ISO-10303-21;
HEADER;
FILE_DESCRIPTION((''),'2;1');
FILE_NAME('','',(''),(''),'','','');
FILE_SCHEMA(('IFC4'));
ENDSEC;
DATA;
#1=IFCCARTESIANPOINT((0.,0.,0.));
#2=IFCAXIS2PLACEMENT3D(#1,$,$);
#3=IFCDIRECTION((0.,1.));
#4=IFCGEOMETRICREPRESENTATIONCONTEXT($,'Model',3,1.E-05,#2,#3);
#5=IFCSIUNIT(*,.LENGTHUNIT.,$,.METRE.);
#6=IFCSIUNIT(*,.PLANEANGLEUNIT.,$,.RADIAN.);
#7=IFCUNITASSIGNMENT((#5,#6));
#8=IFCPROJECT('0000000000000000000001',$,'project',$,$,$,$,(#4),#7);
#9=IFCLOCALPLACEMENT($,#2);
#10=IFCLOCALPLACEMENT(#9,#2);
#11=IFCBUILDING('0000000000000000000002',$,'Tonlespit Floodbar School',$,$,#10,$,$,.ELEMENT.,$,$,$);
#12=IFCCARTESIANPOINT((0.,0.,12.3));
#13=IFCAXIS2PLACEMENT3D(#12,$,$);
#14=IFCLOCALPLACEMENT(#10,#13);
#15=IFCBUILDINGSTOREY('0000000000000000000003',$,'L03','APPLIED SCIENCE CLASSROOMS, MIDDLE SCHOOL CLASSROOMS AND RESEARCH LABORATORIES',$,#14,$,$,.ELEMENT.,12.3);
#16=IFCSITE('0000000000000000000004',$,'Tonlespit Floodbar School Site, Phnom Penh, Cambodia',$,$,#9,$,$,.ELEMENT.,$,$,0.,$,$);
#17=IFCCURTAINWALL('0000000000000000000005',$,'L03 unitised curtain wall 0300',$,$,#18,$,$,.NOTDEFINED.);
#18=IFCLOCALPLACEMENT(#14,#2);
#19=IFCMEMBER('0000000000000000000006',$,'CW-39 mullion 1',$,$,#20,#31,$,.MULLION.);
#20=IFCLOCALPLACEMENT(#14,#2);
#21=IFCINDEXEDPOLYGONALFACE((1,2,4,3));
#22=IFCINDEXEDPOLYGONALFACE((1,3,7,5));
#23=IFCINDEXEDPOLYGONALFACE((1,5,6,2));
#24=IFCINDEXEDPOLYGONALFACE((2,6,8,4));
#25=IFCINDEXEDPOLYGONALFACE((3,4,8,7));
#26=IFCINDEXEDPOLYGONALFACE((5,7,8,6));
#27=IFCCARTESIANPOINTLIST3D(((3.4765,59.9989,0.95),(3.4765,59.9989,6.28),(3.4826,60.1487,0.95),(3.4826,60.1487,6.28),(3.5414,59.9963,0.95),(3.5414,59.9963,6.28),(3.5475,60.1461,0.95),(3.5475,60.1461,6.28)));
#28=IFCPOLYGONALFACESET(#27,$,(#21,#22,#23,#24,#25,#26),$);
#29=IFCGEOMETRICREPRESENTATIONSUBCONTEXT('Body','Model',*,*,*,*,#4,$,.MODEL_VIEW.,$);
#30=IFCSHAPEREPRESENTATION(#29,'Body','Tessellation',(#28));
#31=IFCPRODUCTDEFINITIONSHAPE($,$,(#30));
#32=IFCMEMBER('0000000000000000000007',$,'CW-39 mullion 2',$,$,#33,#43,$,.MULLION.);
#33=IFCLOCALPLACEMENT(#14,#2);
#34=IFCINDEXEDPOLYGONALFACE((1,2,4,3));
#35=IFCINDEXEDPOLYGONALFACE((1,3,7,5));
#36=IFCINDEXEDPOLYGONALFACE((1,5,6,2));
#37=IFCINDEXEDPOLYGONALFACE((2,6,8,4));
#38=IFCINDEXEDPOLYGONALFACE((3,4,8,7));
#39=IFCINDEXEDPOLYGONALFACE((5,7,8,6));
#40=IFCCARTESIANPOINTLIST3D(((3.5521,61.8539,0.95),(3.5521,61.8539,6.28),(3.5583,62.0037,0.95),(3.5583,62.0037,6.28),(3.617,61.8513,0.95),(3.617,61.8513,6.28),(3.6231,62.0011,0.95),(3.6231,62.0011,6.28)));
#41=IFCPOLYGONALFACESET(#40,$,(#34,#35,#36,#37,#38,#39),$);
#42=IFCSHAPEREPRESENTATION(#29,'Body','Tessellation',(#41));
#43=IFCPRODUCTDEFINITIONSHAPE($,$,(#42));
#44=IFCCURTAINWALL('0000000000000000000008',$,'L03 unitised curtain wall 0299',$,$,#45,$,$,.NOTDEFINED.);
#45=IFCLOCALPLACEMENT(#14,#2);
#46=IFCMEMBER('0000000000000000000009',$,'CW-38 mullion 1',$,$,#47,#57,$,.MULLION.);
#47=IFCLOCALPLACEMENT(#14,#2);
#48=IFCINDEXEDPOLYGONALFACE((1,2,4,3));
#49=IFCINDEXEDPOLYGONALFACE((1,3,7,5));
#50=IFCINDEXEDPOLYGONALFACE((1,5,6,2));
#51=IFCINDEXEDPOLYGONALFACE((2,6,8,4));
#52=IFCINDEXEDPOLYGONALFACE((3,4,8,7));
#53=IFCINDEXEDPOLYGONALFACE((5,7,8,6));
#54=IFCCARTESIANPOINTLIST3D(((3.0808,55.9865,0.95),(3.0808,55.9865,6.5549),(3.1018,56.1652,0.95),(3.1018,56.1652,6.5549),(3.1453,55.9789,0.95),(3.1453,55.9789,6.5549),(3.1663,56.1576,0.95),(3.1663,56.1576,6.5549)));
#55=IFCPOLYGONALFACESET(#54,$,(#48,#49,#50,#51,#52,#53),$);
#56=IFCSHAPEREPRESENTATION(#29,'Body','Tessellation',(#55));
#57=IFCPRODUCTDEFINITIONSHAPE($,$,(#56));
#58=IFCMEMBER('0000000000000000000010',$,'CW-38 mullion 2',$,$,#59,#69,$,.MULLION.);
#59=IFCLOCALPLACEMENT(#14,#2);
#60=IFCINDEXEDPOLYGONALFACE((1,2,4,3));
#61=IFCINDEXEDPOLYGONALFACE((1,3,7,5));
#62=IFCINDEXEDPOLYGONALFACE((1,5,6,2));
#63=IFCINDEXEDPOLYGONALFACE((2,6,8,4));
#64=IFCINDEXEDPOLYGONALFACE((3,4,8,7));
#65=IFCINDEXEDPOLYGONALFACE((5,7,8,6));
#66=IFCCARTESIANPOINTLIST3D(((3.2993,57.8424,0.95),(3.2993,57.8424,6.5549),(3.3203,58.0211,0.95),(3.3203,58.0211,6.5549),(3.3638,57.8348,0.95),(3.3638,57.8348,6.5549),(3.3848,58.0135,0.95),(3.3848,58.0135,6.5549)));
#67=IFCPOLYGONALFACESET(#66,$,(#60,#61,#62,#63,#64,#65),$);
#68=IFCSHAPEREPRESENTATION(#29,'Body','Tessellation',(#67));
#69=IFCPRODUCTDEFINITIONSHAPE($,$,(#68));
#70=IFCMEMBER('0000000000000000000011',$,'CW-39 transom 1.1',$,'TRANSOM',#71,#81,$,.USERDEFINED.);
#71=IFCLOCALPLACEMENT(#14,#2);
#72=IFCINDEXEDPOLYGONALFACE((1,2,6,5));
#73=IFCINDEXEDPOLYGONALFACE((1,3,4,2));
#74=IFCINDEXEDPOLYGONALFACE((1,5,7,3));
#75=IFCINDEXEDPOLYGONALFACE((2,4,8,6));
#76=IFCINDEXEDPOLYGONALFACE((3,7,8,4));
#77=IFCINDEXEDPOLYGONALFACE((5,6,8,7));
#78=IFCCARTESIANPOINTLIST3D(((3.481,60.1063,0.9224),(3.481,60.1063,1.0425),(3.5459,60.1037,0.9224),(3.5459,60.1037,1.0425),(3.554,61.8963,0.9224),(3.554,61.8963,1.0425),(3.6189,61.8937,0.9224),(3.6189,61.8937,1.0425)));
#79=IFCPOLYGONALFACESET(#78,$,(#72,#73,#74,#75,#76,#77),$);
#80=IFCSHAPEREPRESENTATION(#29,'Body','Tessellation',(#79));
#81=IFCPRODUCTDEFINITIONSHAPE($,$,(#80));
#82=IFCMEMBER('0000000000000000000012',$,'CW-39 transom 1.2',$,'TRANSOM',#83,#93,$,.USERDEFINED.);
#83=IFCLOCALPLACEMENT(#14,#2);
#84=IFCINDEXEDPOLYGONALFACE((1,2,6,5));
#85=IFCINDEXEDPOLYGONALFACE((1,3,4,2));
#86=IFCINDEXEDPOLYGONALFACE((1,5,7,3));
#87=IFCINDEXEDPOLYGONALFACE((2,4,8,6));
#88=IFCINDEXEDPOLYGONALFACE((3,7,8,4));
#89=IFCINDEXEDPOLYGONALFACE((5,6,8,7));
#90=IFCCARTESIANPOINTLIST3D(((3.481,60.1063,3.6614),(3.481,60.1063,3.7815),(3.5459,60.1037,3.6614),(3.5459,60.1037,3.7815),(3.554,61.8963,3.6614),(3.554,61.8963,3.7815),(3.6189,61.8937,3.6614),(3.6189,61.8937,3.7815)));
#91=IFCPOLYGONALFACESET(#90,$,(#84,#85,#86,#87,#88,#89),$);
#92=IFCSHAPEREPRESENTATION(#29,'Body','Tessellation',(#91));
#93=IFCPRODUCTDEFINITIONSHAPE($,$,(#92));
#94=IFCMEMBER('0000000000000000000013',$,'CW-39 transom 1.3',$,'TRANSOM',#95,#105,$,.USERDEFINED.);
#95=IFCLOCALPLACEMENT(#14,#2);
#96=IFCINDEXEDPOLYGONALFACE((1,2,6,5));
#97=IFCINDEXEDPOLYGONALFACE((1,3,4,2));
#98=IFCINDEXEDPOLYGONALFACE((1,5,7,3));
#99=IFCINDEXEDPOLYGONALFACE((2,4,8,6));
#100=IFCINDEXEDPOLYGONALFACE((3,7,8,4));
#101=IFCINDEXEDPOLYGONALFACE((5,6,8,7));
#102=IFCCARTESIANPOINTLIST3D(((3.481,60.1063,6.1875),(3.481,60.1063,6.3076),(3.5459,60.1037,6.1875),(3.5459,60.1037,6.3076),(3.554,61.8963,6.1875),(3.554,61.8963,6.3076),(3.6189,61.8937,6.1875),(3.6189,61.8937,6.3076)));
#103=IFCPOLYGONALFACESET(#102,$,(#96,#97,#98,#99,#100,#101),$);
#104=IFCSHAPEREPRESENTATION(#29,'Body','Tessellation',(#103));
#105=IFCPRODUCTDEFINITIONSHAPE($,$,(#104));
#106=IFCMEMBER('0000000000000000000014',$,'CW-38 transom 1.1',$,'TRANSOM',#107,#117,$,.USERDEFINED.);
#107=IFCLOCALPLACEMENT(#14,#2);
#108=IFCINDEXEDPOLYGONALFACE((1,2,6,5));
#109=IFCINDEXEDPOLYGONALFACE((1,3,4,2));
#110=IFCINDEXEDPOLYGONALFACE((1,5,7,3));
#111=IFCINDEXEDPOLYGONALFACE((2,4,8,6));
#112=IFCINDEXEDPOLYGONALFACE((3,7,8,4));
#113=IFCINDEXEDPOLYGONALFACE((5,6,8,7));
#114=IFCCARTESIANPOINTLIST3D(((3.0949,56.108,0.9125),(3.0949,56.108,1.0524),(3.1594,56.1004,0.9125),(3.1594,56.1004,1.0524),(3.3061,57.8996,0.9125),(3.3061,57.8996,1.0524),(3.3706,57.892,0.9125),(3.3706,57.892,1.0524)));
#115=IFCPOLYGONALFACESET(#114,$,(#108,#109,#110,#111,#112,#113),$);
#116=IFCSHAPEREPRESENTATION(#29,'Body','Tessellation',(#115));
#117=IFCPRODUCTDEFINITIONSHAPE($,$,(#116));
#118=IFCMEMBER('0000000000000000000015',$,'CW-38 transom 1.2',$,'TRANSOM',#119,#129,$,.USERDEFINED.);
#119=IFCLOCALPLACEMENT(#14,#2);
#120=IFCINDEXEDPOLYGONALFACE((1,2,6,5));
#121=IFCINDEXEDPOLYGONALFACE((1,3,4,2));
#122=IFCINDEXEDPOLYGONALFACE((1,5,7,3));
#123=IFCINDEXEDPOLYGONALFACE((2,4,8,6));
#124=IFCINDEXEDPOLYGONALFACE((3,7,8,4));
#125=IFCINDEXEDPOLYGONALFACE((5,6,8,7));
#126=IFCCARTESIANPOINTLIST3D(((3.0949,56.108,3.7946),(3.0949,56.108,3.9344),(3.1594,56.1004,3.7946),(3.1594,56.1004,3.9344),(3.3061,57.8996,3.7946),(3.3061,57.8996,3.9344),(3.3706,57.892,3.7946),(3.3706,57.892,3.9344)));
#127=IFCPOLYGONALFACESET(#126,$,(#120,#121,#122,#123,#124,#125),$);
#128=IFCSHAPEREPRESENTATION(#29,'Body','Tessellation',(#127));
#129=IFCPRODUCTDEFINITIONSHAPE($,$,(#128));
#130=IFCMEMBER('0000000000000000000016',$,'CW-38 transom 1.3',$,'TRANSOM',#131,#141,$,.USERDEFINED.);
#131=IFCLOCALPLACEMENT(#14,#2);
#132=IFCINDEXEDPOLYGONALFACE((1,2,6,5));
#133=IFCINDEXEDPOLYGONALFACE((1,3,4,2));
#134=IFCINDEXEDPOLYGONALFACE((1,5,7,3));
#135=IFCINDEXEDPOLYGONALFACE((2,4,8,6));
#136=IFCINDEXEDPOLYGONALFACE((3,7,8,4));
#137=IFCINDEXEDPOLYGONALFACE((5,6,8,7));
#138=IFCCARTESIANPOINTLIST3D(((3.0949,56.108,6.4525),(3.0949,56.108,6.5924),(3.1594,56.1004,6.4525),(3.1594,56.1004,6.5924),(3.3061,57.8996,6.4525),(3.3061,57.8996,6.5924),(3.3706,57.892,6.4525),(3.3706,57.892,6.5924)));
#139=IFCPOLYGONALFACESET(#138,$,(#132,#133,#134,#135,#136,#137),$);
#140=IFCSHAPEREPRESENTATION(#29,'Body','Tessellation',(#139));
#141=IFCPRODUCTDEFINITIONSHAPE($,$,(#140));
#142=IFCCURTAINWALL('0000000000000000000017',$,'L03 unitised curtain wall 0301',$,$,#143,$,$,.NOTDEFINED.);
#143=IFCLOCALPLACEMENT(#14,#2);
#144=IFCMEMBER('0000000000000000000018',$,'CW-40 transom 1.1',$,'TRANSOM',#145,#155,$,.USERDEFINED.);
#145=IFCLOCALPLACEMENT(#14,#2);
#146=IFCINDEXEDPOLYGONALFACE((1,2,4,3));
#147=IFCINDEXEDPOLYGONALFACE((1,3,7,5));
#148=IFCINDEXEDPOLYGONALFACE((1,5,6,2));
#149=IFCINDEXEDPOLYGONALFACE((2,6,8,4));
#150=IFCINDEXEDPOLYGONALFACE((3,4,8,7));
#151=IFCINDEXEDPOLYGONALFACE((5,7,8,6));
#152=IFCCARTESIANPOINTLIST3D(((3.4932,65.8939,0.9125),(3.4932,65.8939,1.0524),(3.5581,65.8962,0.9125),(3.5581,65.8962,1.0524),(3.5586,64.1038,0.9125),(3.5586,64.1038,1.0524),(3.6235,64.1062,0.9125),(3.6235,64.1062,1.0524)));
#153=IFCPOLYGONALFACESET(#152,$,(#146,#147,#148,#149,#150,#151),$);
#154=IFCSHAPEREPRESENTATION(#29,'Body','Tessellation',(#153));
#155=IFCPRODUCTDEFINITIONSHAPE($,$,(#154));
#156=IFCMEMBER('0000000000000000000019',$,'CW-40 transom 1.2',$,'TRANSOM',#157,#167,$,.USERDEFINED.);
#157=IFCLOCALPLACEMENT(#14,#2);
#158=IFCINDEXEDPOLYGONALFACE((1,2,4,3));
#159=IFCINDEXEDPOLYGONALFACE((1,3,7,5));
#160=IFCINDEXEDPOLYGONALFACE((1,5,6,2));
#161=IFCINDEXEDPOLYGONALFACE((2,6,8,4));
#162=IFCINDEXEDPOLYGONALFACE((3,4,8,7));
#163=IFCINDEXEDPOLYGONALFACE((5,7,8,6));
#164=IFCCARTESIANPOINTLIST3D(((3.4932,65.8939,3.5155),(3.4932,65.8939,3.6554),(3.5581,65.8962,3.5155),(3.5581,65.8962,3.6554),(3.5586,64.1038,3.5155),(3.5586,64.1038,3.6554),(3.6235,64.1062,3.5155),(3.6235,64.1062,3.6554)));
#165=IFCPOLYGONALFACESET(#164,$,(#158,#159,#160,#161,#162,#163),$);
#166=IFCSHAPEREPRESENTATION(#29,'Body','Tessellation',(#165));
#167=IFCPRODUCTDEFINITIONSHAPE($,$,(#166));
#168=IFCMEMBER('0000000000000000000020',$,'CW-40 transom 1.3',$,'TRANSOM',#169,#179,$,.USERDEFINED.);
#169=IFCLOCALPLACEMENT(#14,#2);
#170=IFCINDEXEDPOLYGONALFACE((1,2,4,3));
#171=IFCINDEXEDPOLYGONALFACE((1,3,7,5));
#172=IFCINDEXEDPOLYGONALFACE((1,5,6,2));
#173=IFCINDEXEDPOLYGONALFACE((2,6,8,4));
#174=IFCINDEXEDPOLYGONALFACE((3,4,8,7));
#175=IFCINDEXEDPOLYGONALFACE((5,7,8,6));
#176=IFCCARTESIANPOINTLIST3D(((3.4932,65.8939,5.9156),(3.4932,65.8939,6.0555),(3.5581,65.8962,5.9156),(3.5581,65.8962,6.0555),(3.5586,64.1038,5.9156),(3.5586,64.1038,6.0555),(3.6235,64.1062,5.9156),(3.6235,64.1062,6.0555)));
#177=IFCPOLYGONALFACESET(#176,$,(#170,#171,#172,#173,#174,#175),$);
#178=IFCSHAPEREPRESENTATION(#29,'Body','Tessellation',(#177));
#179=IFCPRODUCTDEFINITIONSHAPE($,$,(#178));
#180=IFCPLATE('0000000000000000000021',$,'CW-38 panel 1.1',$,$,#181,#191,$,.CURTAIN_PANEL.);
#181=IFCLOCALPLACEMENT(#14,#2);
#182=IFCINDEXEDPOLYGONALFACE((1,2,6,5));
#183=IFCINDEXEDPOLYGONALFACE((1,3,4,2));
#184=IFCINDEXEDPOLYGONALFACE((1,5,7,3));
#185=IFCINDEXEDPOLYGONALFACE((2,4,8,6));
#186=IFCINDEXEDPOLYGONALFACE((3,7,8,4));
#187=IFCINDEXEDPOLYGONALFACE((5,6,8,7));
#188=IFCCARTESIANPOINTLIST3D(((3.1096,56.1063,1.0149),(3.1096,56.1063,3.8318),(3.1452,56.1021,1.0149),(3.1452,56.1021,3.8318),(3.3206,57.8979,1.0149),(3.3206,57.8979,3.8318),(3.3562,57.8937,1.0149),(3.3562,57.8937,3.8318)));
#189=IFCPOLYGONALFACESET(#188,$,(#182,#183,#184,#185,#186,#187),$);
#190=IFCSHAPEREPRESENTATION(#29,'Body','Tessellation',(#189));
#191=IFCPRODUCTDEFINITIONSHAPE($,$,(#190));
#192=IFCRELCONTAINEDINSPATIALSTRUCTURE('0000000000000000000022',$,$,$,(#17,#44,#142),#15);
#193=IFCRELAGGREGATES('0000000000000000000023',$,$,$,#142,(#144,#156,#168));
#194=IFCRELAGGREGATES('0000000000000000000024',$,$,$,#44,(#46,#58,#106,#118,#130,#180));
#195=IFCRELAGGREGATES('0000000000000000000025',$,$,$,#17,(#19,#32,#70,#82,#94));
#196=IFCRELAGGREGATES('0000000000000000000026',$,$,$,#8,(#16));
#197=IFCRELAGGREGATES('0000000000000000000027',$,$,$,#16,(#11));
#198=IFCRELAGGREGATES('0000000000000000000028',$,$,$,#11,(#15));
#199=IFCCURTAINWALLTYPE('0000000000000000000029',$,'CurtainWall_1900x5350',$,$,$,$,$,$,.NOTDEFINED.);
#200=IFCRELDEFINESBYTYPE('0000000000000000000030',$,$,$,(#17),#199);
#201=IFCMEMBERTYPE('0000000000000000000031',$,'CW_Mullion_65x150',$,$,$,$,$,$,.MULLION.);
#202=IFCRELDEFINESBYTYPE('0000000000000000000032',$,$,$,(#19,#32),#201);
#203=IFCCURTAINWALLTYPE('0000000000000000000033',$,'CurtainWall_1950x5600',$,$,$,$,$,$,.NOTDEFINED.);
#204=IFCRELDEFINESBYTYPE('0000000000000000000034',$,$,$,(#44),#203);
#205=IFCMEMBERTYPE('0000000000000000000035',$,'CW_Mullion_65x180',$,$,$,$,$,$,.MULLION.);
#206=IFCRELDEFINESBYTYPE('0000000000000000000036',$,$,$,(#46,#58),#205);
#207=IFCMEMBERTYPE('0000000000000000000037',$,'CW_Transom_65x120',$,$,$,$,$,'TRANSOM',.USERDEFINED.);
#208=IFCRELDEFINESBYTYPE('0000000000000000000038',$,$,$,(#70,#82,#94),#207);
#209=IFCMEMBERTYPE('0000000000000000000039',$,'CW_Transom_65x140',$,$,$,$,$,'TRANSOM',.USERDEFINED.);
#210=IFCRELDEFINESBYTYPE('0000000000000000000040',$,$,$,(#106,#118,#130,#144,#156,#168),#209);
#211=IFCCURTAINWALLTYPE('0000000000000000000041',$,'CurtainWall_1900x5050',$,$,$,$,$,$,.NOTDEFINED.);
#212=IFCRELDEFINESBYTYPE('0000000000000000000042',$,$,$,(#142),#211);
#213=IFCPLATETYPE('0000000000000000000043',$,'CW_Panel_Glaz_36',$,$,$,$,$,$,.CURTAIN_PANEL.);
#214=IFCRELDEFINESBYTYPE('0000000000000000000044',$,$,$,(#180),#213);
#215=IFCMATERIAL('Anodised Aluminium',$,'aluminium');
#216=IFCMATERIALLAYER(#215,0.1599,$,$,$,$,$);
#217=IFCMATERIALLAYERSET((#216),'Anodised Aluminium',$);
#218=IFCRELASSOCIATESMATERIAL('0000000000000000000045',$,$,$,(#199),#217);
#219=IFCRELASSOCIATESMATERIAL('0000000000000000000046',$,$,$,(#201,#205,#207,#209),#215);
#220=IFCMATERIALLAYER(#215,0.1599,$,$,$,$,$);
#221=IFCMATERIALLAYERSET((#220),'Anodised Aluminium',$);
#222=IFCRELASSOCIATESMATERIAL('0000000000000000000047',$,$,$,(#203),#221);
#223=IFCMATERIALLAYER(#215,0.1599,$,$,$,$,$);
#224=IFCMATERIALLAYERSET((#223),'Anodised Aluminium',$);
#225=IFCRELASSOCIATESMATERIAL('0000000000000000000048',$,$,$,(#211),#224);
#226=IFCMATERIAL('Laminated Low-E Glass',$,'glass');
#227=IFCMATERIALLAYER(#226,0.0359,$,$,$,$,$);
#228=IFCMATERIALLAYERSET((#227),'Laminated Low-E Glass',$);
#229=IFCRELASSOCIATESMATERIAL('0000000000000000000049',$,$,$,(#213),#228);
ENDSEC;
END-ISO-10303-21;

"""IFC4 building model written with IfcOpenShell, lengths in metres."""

from ifc_helpers import new_model, si_unit, direction, frame, origin, origin_2d, place, context, subcontext, project, spatial, rectangle, extrude, material, layer, layer_set, material_profile, profile_set, type_object, element, aggregate, save


model = new_model("IFC4")

# Units and contexts
model_context = context("Model", 3, precision=1e-05, world=origin(), true_north=direction((0.0, 1.0)))
body_context = subcontext(model_context, "Body", "Model", "MODEL_VIEW")
ifc_project = project(units=[si_unit("LENGTHUNIT", "METRE"), si_unit("PLANEANGLEUNIT", "RADIAN")], contexts=[model_context])

# Site, building, storey
site_placement = place(None, origin())
site = spatial("IfcSite", under=ifc_project, at=site_placement, Name="Tonlespit Floodbar School Site, Phnom Penh, Cambodia", CompositionType="ELEMENT", RefElevation=0.0)
building_placement = place(site_placement, origin())
building = spatial("IfcBuilding", under=site, at=building_placement, Name="Tonlespit Floodbar School", CompositionType="ELEMENT")
storey_placement = place(building_placement, frame((0.0, 0.0, 12.3)))
storey = spatial("IfcBuildingStorey", under=building, at=storey_placement, Name="L03", Description="APPLIED SCIENCE CLASSROOMS, MIDDLE SCHOOL CLASSROOMS AND RESEARCH LABORATORIES", CompositionType="ELEMENT", Elevation=12.3)

# Curtain walls, members
ifc_material_1 = material(Name="Anodised Aluminium", Category="aluminium")
ifc_layer_1 = layer(ifc_material_1, 0.1599)
ifc_layer_set_1 = layer_set([ifc_layer_1], Name="Anodised Aluminium")
curtain_wall_type_1 = type_object("IfcCurtainWallType", Name="CurtainWall_1900x5350", PredefinedType="NOTDEFINED", material=ifc_layer_set_1)
curtain_wall_1_placement = place(storey_placement, origin())
curtain_wall_1 = element("IfcCurtainWall", 1, at=curtain_wall_1_placement, inside=storey, type_object=curtain_wall_type_1, Name="L03 unitised curtain wall 0300", PredefinedType="NOTDEFINED")
ifc_material_profile_1 = material_profile(ifc_material_1, rectangle(XDim=0.0649, YDim=0.1499, at=origin_2d()), Name="ALU M65x150")
ifc_profile_set_1 = profile_set([ifc_material_profile_1], Name="Anodised Aluminium")
member_type_1 = type_object("IfcMemberType", Name="CW_Mullion_65x150", PredefinedType="MULLION", material=ifc_profile_set_1)
member_1_placement = place(storey_placement, frame((3.512, 60.0725, 0.95), z_axis=(0.0, 0.0, 1.0), x_axis=(-0.999169, 0.040747, 0.0)))
member_1 = element("IfcMember", 2, at=member_1_placement, type_object=member_type_1, Name="CW-39 mullion 1", PredefinedType="MULLION", context=body_context, shape_type="SweptSolid", body=[
    extrude(rectangle(XDim=0.0649, YDim=0.1499, at=origin_2d()), origin(), (0.0, 0.0, 1.0), 5.3301),
])
member_2_placement = place(storey_placement, frame((3.5876, 61.9275, 0.95), z_axis=(0.0, 0.0, 1.0), x_axis=(-0.999169, 0.040747, 0.0)))
member_2 = element("IfcMember", 3, at=member_2_placement, type_object=member_type_1, Name="CW-39 mullion 2", PredefinedType="MULLION", context=body_context, shape_type="SweptSolid", body=[
    extrude(rectangle(XDim=0.0649, YDim=0.1499, at=origin_2d()), origin(), (0.0, 0.0, 1.0), 5.3301),
])
ifc_layer_2 = layer(ifc_material_1, 0.1599)
ifc_layer_set_2 = layer_set([ifc_layer_2], Name="Anodised Aluminium")
curtain_wall_type_2 = type_object("IfcCurtainWallType", Name="CurtainWall_1950x5600", PredefinedType="NOTDEFINED", material=ifc_layer_set_2)
curtain_wall_2_placement = place(storey_placement, origin())
curtain_wall_2 = element("IfcCurtainWall", 4, at=curtain_wall_2_placement, inside=storey, type_object=curtain_wall_type_2, Name="L03 unitised curtain wall 0299", PredefinedType="NOTDEFINED")
ifc_material_profile_2 = material_profile(ifc_material_1, rectangle(XDim=0.0649, YDim=0.1799, at=origin_2d()), Name="ALU M65x180")
ifc_profile_set_2 = profile_set([ifc_material_profile_2], Name="Anodised Aluminium")
member_type_2 = type_object("IfcMemberType", Name="CW_Mullion_65x180", PredefinedType="MULLION", material=ifc_profile_set_2)
member_3_placement = place(storey_placement, frame((3.1235, 56.072, 0.95), z_axis=(0.0, 0.0, 1.0), x_axis=(-0.993136, 0.116967, 0.0)))
member_3 = element("IfcMember", 5, at=member_3_placement, type_object=member_type_2, Name="CW-38 mullion 1", PredefinedType="MULLION", context=body_context, shape_type="SweptSolid", body=[
    extrude(rectangle(XDim=0.0649, YDim=0.1799, at=origin_2d()), origin(), (0.0, 0.0, 1.0), 5.605),
])
member_4_placement = place(storey_placement, frame((3.342, 57.928, 0.95), z_axis=(0.0, 0.0, 1.0), x_axis=(-0.993136, 0.116967, 0.0)))
member_4 = element("IfcMember", 6, at=member_4_placement, type_object=member_type_2, Name="CW-38 mullion 2", PredefinedType="MULLION", context=body_context, shape_type="SweptSolid", body=[
    extrude(rectangle(XDim=0.0649, YDim=0.1799, at=origin_2d()), origin(), (0.0, 0.0, 1.0), 5.605),
])

# Members
ifc_material_profile_3 = material_profile(ifc_material_1, rectangle(XDim=0.0649, YDim=0.1201, at=origin_2d()), Name="ALU T65x120")
ifc_profile_set_3 = profile_set([ifc_material_profile_3], Name="Anodised Aluminium")
member_type_3 = type_object("IfcMemberType", Name="CW_Transom_65x120", ElementType="TRANSOM", PredefinedType="USERDEFINED", material=ifc_profile_set_3)
member_5_placement = place(storey_placement, frame((3.5134, 60.105, 0.9824), z_axis=(0.040746, 0.99917, 0.0), x_axis=(-0.99917, 0.040746, 0.0)))
member_5 = element("IfcMember", 7, at=member_5_placement, type_object=member_type_3, Name="CW-39 transom 1.1", ObjectType="TRANSOM", PredefinedType="USERDEFINED", context=body_context, shape_type="SweptSolid", body=[
    extrude(rectangle(XDim=0.0649, YDim=0.1201, at=origin_2d()), origin(), (0.0, 0.0, 1.0), 1.7915),
])
member_6_placement = place(storey_placement, frame((3.5134, 60.105, 3.7214), z_axis=(0.040746, 0.99917, 0.0), x_axis=(-0.99917, 0.040746, 0.0)))
member_6 = element("IfcMember", 8, at=member_6_placement, type_object=member_type_3, Name="CW-39 transom 1.2", ObjectType="TRANSOM", PredefinedType="USERDEFINED", context=body_context, shape_type="SweptSolid", body=[
    extrude(rectangle(XDim=0.0649, YDim=0.1201, at=origin_2d()), origin(), (0.0, 0.0, 1.0), 1.7915),
])
member_7_placement = place(storey_placement, frame((3.5134, 60.105, 6.2476), z_axis=(0.040746, 0.99917, 0.0), x_axis=(-0.99917, 0.040746, 0.0)))
member_7 = element("IfcMember", 9, at=member_7_placement, type_object=member_type_3, Name="CW-39 transom 1.3", ObjectType="TRANSOM", PredefinedType="USERDEFINED", context=body_context, shape_type="SweptSolid", body=[
    extrude(rectangle(XDim=0.0649, YDim=0.1201, at=origin_2d()), origin(), (0.0, 0.0, 1.0), 1.7915),
])
ifc_material_profile_4 = material_profile(ifc_material_1, rectangle(XDim=0.0649, YDim=0.1399, at=origin_2d()), Name="ALU T65x140")
ifc_profile_set_4 = profile_set([ifc_material_profile_4], Name="Anodised Aluminium")
member_type_4 = type_object("IfcMemberType", Name="CW_Transom_65x140", ElementType="TRANSOM", PredefinedType="USERDEFINED", material=ifc_profile_set_4)
member_8_placement = place(storey_placement, frame((3.1272, 56.1042, 0.9824), z_axis=(0.117069, 0.993124, 0.0), x_axis=(-0.993124, 0.117069, 0.0)))
member_8 = element("IfcMember", 10, at=member_8_placement, type_object=member_type_4, Name="CW-38 transom 1.1", ObjectType="TRANSOM", PredefinedType="USERDEFINED", context=body_context, shape_type="SweptSolid", body=[
    extrude(rectangle(XDim=0.0649, YDim=0.1399, at=origin_2d()), origin(), (0.0, 0.0, 1.0), 1.804),
])
member_9_placement = place(storey_placement, frame((3.1272, 56.1042, 3.8645), z_axis=(0.117069, 0.993124, 0.0), x_axis=(-0.993124, 0.117069, 0.0)))
member_9 = element("IfcMember", 11, at=member_9_placement, type_object=member_type_4, Name="CW-38 transom 1.2", ObjectType="TRANSOM", PredefinedType="USERDEFINED", context=body_context, shape_type="SweptSolid", body=[
    extrude(rectangle(XDim=0.0649, YDim=0.1399, at=origin_2d()), origin(), (0.0, 0.0, 1.0), 1.804),
])
member_10_placement = place(storey_placement, frame((3.1272, 56.1042, 6.5225), z_axis=(0.117069, 0.993124, 0.0), x_axis=(-0.993124, 0.117069, 0.0)))
member_10 = element("IfcMember", 12, at=member_10_placement, type_object=member_type_4, Name="CW-38 transom 1.3", ObjectType="TRANSOM", PredefinedType="USERDEFINED", context=body_context, shape_type="SweptSolid", body=[
    extrude(rectangle(XDim=0.0649, YDim=0.1399, at=origin_2d()), origin(), (0.0, 0.0, 1.0), 1.804),
])

# Curtain wall, members
ifc_layer_3 = layer(ifc_material_1, 0.1599)
ifc_layer_set_3 = layer_set([ifc_layer_3], Name="Anodised Aluminium")
curtain_wall_type_3 = type_object("IfcCurtainWallType", Name="CurtainWall_1900x5050", PredefinedType="NOTDEFINED", material=ifc_layer_set_3)
curtain_wall_3_placement = place(storey_placement, origin())
curtain_wall_3 = element("IfcCurtainWall", 13, at=curtain_wall_3_placement, inside=storey, type_object=curtain_wall_type_3, Name="L03 unitised curtain wall 0301", PredefinedType="NOTDEFINED")
member_11_placement = place(storey_placement, frame((3.5911, 64.105, 0.9824), z_axis=(-0.036528, 0.999333, 0.0), x_axis=(-0.999333, -0.036528, 0.0)))
member_11 = element("IfcMember", 14, at=member_11_placement, type_object=member_type_4, Name="CW-40 transom 1.1", ObjectType="TRANSOM", PredefinedType="USERDEFINED", context=body_context, shape_type="SweptSolid", body=[
    extrude(rectangle(XDim=0.0649, YDim=0.1399, at=origin_2d()), origin(), (0.0, 0.0, 1.0), 1.7913),
])
member_12_placement = place(storey_placement, frame((3.5911, 64.105, 3.5854), z_axis=(-0.036528, 0.999333, 0.0), x_axis=(-0.999333, -0.036528, 0.0)))
member_12 = element("IfcMember", 15, at=member_12_placement, type_object=member_type_4, Name="CW-40 transom 1.2", ObjectType="TRANSOM", PredefinedType="USERDEFINED", context=body_context, shape_type="SweptSolid", body=[
    extrude(rectangle(XDim=0.0649, YDim=0.1399, at=origin_2d()), origin(), (0.0, 0.0, 1.0), 1.7913),
])
member_13_placement = place(storey_placement, frame((3.5911, 64.105, 5.9856), z_axis=(-0.036528, 0.999333, 0.0), x_axis=(-0.999333, -0.036528, 0.0)))
member_13 = element("IfcMember", 16, at=member_13_placement, type_object=member_type_4, Name="CW-40 transom 1.3", ObjectType="TRANSOM", PredefinedType="USERDEFINED", context=body_context, shape_type="SweptSolid", body=[
    extrude(rectangle(XDim=0.0649, YDim=0.1399, at=origin_2d()), origin(), (0.0, 0.0, 1.0), 1.7913),
])
aggregate(curtain_wall_3, [member_11, member_12, member_13])

# Plate
ifc_material_2 = material(Name="Laminated Low-E Glass", Category="glass")
ifc_layer_4 = layer(ifc_material_2, 0.0359)
ifc_layer_set_4 = layer_set([ifc_layer_4], Name="Laminated Low-E Glass")
plate_type_1 = type_object("IfcPlateType", Name="CW_Panel_Glaz_36", PredefinedType="CURTAIN_PANEL", material=ifc_layer_set_4)
plate_1_placement = place(storey_placement, frame((3.2329, 57.0, 1.0149), z_axis=(0.0, 0.0, 1.0), x_axis=(0.116967, 0.993136, 0.0)))
plate_1 = element("IfcPlate", 17, at=plate_1_placement, type_object=plate_type_1, Name="CW-38 panel 1.1", PredefinedType="CURTAIN_PANEL", context=body_context, shape_type="SweptSolid", body=[
    extrude(rectangle(XDim=1.804, YDim=0.0359, at=origin_2d()), origin(), (0.0, 0.0, 1.0), 2.8169),
])
aggregate(curtain_wall_2, [member_3, member_4, member_8, member_9, member_10, plate_1])
aggregate(curtain_wall_1, [member_1, member_2, member_5, member_6, member_7])

save(model, "model.ifc")
